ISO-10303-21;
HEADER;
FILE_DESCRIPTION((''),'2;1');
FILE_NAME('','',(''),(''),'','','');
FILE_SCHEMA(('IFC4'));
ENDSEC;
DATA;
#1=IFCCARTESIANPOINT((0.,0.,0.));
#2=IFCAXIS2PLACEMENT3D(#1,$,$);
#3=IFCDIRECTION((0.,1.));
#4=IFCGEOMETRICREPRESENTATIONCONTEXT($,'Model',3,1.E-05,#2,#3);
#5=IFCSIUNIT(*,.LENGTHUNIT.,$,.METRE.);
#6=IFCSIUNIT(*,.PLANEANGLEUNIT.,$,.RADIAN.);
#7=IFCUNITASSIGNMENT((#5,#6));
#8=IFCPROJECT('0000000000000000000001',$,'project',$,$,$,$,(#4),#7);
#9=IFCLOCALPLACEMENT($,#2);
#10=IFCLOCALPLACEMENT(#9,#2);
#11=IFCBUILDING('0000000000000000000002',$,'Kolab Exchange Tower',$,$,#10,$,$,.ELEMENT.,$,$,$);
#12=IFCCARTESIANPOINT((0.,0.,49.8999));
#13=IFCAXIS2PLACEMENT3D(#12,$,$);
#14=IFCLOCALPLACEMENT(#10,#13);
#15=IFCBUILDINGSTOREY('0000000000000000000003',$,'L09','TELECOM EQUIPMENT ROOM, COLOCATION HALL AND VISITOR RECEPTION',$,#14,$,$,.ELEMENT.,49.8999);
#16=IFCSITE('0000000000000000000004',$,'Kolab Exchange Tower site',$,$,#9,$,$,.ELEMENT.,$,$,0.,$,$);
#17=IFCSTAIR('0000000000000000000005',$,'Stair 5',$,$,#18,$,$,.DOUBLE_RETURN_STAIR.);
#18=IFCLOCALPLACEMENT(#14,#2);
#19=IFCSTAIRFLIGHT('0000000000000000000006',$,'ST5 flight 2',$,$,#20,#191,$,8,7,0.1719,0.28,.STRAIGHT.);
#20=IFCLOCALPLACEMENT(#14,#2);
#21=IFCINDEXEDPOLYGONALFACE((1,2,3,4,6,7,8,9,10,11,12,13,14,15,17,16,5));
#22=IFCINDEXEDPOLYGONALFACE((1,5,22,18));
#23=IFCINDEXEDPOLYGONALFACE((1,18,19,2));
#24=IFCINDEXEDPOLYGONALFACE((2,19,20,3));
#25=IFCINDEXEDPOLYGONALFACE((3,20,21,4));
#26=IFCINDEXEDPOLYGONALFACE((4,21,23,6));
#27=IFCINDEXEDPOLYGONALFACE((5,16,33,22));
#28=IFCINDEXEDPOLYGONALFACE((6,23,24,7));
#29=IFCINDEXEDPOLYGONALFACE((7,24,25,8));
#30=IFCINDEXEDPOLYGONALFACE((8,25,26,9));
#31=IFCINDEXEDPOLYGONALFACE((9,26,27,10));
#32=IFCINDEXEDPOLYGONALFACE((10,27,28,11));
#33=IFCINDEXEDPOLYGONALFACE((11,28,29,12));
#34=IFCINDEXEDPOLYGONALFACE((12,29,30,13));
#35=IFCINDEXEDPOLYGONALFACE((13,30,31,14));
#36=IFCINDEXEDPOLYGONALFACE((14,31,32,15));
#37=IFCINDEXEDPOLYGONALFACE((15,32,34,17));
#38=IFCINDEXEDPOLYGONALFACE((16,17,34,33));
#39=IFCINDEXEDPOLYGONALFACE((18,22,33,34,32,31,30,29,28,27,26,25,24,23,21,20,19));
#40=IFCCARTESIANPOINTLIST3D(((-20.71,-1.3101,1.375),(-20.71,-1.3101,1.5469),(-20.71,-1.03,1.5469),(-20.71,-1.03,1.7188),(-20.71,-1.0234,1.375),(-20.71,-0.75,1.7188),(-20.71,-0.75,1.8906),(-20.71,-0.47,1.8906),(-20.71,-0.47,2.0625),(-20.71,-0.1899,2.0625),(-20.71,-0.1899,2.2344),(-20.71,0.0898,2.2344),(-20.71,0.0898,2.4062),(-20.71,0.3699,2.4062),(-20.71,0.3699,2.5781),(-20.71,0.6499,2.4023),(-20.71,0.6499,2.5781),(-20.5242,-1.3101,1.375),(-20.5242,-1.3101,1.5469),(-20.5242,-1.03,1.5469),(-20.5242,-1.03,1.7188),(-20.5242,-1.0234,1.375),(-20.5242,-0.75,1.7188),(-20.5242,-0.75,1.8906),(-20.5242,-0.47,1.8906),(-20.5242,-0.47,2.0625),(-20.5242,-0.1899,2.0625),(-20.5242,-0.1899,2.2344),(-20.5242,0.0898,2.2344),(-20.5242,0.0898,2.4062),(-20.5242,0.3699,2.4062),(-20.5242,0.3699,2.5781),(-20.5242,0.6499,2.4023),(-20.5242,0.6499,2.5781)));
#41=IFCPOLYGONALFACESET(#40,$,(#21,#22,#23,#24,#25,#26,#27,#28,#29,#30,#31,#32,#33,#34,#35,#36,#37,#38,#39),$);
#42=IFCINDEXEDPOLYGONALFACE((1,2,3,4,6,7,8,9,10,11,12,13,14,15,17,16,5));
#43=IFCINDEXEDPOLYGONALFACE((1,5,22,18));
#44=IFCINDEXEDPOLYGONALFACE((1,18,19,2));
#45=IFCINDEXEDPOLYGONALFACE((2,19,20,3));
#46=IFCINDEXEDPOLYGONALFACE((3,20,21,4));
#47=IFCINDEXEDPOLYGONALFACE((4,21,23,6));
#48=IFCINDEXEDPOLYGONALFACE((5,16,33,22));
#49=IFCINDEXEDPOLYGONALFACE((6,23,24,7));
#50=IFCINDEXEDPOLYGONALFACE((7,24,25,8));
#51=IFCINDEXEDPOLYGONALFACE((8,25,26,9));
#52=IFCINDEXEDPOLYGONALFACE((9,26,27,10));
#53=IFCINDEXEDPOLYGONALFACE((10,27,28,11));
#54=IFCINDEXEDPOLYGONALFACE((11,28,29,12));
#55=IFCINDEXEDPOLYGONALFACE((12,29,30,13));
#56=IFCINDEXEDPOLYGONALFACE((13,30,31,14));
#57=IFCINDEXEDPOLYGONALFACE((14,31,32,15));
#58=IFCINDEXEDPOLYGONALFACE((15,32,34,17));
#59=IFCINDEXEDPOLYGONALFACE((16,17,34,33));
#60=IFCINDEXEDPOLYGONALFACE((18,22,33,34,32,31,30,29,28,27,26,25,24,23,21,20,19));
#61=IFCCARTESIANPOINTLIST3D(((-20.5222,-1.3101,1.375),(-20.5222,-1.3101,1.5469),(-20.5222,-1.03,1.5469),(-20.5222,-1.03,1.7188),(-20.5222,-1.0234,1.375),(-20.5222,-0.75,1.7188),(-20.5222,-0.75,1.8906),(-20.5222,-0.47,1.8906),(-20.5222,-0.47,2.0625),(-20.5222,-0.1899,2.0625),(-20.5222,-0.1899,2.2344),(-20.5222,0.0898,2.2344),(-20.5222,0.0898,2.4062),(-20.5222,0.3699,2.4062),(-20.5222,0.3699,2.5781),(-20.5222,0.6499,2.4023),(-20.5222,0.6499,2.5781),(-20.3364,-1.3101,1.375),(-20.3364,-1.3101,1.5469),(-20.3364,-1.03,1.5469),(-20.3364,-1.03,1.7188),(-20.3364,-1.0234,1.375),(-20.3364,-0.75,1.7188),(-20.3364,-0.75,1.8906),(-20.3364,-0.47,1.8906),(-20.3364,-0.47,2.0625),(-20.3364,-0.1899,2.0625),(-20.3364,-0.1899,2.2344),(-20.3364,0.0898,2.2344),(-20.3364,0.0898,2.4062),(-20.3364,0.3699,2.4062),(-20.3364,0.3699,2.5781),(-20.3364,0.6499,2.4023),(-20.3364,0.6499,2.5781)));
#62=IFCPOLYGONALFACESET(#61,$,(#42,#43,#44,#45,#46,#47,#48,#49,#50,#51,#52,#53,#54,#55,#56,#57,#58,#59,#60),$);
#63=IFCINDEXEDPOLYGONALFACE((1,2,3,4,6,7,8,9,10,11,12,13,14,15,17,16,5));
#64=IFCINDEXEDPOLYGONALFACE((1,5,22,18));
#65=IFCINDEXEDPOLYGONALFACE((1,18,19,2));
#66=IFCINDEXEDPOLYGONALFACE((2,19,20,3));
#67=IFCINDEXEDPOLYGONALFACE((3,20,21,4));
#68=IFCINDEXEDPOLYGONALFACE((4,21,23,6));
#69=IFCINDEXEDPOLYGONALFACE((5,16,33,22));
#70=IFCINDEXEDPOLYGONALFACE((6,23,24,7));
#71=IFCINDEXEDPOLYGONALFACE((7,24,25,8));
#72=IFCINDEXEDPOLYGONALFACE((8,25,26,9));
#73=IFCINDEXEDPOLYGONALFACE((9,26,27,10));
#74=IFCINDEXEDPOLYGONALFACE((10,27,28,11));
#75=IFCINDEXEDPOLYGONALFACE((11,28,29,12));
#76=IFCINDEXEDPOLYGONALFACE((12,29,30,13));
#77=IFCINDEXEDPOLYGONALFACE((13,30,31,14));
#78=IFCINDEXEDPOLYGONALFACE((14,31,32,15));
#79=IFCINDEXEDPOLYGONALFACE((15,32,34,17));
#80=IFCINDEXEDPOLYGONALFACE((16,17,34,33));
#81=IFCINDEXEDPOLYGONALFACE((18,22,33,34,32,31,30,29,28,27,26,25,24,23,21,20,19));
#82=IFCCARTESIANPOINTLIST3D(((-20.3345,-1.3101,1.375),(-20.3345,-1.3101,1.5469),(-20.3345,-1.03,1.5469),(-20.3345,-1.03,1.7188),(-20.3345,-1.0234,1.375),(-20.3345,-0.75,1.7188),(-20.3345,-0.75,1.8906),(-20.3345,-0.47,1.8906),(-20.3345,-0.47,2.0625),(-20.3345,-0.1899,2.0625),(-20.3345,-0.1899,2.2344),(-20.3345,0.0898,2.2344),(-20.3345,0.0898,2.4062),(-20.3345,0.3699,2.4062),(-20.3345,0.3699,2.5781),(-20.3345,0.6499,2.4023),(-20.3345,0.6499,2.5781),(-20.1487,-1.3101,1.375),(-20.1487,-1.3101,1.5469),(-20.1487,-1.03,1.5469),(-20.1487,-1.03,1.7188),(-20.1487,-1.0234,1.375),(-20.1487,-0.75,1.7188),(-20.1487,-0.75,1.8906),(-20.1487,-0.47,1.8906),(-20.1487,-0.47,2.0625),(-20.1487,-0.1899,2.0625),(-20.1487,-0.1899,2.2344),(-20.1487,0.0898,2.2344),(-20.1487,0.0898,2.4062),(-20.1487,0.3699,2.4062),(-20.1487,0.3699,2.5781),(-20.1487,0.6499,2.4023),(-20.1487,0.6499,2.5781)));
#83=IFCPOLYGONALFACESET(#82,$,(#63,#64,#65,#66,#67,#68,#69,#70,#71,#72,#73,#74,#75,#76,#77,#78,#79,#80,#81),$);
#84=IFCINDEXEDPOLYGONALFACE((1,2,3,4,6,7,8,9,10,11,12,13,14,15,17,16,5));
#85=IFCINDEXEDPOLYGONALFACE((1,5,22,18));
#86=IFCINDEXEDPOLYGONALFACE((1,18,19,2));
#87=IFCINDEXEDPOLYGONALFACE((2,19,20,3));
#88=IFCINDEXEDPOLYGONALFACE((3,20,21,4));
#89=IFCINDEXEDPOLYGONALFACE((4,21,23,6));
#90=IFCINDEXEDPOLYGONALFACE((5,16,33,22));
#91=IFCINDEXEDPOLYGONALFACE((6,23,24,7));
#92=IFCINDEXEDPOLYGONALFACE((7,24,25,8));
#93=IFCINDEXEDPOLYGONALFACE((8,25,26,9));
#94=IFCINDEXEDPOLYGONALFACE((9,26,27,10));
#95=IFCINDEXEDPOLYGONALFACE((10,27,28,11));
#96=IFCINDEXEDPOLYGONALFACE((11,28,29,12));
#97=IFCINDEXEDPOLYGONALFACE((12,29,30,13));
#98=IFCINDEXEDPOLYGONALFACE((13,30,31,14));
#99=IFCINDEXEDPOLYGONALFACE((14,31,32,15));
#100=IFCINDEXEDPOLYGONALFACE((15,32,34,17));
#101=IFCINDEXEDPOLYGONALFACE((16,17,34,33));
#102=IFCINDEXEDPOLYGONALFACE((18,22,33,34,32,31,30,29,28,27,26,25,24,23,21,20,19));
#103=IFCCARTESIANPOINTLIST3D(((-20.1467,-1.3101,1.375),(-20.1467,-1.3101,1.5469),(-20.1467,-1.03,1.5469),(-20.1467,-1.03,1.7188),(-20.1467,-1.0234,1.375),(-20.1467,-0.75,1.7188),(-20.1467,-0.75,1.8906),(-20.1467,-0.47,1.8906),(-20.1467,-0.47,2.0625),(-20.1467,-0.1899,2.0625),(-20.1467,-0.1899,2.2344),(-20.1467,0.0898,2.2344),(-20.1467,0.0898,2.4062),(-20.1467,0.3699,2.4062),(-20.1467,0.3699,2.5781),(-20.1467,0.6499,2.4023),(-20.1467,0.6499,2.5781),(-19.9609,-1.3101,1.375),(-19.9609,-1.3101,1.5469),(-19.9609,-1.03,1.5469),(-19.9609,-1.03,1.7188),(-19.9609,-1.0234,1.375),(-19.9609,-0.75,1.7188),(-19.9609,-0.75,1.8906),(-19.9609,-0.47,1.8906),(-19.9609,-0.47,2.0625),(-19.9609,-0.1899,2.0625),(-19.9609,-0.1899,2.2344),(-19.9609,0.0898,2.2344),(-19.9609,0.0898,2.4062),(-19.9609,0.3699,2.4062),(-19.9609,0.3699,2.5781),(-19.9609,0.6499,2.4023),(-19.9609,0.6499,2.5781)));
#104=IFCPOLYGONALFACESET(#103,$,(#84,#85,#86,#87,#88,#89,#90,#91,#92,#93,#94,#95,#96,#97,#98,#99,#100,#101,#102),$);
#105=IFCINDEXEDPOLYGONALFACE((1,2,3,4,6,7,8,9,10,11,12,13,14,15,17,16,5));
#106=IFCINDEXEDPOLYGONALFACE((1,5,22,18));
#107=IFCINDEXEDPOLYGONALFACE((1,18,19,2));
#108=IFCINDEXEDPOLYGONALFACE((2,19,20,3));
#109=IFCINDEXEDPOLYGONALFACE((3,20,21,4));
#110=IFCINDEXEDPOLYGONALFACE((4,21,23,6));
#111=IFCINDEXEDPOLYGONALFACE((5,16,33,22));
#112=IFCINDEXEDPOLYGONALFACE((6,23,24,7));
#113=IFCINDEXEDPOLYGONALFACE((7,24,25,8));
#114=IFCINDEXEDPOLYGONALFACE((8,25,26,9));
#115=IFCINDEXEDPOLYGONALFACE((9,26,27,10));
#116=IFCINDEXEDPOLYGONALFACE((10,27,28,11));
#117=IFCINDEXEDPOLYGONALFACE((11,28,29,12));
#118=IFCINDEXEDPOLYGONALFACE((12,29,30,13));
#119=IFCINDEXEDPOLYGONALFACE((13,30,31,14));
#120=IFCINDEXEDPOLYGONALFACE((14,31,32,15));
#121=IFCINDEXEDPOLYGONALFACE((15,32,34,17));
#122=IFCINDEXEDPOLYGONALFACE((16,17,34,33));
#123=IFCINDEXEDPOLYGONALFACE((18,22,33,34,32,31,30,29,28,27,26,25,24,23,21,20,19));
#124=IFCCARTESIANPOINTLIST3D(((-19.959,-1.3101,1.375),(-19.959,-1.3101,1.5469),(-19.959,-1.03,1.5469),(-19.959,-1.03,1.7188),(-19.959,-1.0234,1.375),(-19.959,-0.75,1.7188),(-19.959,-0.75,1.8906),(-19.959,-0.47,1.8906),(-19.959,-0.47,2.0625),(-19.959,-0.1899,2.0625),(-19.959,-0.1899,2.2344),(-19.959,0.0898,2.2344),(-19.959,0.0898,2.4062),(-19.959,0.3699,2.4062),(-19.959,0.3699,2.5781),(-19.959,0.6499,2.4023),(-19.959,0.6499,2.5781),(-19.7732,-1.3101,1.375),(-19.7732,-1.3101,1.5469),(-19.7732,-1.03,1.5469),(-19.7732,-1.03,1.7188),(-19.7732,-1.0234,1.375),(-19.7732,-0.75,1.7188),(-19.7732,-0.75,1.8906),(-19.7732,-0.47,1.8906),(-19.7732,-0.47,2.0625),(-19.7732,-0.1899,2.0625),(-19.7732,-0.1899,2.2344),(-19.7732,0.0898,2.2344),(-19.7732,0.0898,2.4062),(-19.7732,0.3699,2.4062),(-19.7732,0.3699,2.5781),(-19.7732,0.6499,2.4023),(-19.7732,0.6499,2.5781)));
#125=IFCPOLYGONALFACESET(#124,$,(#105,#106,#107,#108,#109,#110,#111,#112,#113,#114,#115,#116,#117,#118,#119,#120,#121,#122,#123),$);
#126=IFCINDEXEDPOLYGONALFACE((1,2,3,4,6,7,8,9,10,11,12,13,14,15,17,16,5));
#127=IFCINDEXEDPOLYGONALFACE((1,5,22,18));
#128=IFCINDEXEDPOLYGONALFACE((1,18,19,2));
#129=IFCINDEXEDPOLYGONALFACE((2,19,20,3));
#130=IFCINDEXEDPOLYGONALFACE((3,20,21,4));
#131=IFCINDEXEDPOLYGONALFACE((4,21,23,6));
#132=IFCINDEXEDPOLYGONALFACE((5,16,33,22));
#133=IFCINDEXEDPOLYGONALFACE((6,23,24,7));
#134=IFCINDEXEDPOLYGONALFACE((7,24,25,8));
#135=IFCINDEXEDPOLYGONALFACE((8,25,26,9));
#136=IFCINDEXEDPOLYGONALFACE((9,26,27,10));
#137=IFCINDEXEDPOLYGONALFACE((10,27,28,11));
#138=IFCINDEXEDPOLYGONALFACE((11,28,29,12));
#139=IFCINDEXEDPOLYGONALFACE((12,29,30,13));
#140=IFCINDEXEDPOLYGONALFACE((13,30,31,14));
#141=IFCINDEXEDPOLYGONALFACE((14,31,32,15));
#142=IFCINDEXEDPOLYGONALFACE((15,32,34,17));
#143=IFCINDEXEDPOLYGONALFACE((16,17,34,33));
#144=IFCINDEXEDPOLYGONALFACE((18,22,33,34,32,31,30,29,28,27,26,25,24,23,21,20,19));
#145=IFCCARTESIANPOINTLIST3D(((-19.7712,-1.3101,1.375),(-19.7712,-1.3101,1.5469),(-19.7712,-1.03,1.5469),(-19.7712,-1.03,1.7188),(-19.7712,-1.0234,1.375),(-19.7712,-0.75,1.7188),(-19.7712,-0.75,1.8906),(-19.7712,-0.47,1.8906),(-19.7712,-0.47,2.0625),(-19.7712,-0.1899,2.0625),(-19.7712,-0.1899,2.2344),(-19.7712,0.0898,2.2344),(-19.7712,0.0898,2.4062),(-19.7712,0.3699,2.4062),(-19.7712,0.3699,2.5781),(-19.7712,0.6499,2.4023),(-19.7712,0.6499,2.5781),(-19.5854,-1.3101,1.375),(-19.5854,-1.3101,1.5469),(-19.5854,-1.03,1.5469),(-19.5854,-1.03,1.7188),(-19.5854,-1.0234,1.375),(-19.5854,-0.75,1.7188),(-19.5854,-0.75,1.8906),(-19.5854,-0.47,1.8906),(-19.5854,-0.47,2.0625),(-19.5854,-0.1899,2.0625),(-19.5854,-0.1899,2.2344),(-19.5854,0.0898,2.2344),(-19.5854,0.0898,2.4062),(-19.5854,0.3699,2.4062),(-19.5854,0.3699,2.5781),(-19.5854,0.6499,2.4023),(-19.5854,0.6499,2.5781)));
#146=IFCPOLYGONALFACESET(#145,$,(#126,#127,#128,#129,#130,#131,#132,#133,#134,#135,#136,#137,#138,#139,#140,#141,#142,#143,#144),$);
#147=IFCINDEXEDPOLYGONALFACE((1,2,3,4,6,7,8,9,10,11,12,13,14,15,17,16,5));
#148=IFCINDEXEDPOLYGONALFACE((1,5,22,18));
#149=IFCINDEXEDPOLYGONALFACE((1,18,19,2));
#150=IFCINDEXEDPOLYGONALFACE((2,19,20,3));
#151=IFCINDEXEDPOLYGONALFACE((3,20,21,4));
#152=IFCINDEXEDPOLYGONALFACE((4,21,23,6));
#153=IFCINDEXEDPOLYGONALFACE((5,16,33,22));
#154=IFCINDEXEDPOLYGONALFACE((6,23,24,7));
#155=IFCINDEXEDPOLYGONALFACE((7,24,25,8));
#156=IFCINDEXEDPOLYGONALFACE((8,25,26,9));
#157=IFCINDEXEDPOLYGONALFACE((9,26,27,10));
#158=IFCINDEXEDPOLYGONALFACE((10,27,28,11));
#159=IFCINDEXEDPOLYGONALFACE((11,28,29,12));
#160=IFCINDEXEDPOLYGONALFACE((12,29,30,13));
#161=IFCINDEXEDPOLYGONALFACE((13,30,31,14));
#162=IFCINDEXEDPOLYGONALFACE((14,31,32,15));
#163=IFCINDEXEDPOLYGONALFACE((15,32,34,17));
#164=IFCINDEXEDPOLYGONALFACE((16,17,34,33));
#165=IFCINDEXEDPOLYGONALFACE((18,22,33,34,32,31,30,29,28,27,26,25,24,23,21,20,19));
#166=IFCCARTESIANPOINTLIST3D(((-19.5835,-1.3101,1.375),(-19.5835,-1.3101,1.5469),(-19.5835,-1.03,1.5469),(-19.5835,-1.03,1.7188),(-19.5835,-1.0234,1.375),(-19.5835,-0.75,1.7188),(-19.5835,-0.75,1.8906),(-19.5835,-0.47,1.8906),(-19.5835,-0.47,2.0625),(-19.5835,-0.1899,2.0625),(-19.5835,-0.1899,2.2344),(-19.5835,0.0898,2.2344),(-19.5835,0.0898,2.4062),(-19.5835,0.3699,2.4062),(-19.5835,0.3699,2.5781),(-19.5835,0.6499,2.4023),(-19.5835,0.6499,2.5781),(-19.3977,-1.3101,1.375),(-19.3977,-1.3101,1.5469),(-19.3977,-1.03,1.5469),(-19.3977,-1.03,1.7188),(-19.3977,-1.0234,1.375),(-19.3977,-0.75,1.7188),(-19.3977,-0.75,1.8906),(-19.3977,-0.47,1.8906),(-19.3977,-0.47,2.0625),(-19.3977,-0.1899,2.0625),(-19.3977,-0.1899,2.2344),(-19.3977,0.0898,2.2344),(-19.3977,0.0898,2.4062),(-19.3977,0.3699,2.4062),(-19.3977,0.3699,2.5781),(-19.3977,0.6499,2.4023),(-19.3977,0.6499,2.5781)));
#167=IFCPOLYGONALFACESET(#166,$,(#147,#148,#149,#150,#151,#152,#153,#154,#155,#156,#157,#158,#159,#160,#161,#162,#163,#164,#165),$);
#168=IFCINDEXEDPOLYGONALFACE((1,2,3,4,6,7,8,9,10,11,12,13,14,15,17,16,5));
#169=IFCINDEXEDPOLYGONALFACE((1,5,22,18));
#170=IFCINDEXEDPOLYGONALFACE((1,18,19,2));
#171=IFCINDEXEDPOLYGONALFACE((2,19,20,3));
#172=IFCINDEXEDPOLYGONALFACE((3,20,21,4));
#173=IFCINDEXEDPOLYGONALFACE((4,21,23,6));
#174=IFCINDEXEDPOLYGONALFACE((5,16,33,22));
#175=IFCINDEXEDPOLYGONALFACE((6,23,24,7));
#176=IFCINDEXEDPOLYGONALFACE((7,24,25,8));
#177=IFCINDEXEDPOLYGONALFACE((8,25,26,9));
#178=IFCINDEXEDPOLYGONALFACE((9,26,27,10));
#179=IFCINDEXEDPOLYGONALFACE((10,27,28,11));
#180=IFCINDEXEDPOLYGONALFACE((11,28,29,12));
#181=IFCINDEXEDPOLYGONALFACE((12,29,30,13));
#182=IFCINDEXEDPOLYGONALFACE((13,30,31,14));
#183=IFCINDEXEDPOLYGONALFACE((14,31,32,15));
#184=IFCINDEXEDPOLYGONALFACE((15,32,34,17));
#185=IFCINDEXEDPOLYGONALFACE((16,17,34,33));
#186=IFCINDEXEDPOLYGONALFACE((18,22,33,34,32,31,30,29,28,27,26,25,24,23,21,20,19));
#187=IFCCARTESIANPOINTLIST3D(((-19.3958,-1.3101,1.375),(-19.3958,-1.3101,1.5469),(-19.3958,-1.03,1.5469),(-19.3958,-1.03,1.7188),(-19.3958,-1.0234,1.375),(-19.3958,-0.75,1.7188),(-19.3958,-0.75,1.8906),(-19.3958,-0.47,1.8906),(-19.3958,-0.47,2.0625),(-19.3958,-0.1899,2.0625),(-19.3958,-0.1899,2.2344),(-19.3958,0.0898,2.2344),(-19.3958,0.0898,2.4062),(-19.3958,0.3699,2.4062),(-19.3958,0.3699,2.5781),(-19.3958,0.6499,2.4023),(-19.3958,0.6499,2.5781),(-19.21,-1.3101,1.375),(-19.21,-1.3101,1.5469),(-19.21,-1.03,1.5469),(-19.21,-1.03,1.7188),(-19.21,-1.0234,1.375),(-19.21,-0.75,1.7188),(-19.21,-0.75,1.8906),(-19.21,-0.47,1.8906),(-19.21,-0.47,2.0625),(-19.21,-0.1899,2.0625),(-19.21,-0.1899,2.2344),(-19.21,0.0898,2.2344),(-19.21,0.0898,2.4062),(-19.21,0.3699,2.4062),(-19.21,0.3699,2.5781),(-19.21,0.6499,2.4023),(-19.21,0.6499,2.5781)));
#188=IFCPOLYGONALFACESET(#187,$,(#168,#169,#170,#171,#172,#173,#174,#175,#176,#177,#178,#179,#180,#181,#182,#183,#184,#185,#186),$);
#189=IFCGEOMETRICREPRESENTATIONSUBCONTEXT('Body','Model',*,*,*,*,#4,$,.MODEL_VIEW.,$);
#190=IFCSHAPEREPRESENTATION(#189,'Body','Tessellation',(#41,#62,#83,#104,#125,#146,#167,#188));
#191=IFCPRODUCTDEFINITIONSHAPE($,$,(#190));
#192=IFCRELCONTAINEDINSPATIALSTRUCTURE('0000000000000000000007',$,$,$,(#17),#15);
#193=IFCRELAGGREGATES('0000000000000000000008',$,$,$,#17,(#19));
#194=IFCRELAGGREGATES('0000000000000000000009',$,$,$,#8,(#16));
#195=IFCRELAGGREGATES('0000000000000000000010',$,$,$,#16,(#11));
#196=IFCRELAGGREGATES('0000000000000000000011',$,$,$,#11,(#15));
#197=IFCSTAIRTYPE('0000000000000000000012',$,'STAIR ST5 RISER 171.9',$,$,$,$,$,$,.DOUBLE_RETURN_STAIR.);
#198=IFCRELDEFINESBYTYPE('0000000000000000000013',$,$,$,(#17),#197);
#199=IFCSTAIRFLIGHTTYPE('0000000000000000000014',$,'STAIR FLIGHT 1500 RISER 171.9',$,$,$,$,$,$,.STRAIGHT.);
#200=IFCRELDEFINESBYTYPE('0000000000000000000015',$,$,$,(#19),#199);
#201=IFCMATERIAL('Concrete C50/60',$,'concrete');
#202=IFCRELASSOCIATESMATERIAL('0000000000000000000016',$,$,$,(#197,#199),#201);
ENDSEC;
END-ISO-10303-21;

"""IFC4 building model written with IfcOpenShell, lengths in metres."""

from ifc_helpers import new_model, si_unit, direction, frame, origin, place, context, subcontext, project, spatial, polyline, outline, extrude, material, type_object, element, aggregate, save


model = new_model("IFC4")

# Units and contexts
model_context = context("Model", 3, precision=1e-05, world=origin(), true_north=direction((0.0, 1.0)))
body_context = subcontext(model_context, "Body", "Model", "MODEL_VIEW")
ifc_project = project(units=[si_unit("LENGTHUNIT", "METRE"), si_unit("PLANEANGLEUNIT", "RADIAN")], contexts=[model_context])

# Site, building, storey
site_placement = place(None, origin())
site = spatial("IfcSite", under=ifc_project, at=site_placement, Name="Kolab Exchange Tower site", CompositionType="ELEMENT", RefElevation=0.0)
building_placement = place(site_placement, origin())
building = spatial("IfcBuilding", under=site, at=building_placement, Name="Kolab Exchange Tower", CompositionType="ELEMENT")
storey_placement = place(building_placement, frame((0.0, 0.0, 49.8999)))
storey = spatial("IfcBuildingStorey", under=building, at=storey_placement, Name="L09", Description="TELECOM EQUIPMENT ROOM, COLOCATION HALL AND VISITOR RECEPTION", CompositionType="ELEMENT", Elevation=49.8999)

# Shared definitions
ifc_material_1 = material(Name="Concrete C50/60", Category="concrete")

# Stair, stair flight
stair_type = type_object("IfcStairType", Name="STAIR ST5 RISER 171.9", PredefinedType="DOUBLE_RETURN_STAIR", material=ifc_material_1)
stair_placement = place(storey_placement, origin())
stair = element("IfcStair", 1, at=stair_placement, inside=storey, type_object=stair_type, Name="Stair 5", PredefinedType="DOUBLE_RETURN_STAIR")
stair_flight_type = type_object("IfcStairFlightType", Name="STAIR FLIGHT 1500 RISER 171.9", PredefinedType="STRAIGHT", material=ifc_material_1)
stair_flight_1_placement = place(storey_placement, frame((-19.96, -1.3101, 1.375), z_axis=(0.0, 0.0, 1.0), x_axis=(0.0, 1.0, 0.0)))
stair_flight_1 = element("IfcStairFlight", 2, at=stair_flight_1_placement, type_object=stair_flight_type, Name="ST5 flight 2", NumberOfRisers=8, NumberOfTreads=7, PredefinedType="STRAIGHT", RiserHeight=0.1719, TreadLength=0.28, context=body_context, shape_type="SweptSolid", body=[
    extrude(outline(polyline([(0.0, 0.0), (0.0, 0.1719), (0.28, 0.1719), (0.28, 0.3438), (0.5601, 0.3438), (0.5601, 0.5156), (0.8401, 0.5156), (0.8401, 0.6875), (1.1201, 0.6875), (1.1201, 0.8594), (1.3999, 0.8594), (1.3999, 1.0312), (1.6799, 1.0312), (1.6799, 1.2031), (1.96, 1.2031), (1.96, 1.375), (1.96, 1.0273), (0.2866, 0.0), (0.0, 0.0)])), frame((0.0, 0.75, 0.0), z_axis=(0.0, -1.0, 0.0), x_axis=(1.0, 0.0, 0.0)), (0.0, 0.0, 1.0), 0.1858),
    extrude(outline(polyline([(0.0, 0.0), (0.0, 0.1719), (0.28, 0.1719), (0.28, 0.3438), (0.5601, 0.3438), (0.5601, 0.5156), (0.8401, 0.5156), (0.8401, 0.6875), (1.1201, 0.6875), (1.1201, 0.8594), (1.3999, 0.8594), (1.3999, 1.0312), (1.6799, 1.0312), (1.6799, 1.2031), (1.96, 1.2031), (1.96, 1.375), (1.96, 1.0273), (0.2866, 0.0), (0.0, 0.0)])), frame((0.0, 0.5623, 0.0), z_axis=(0.0, -1.0, 0.0), x_axis=(1.0, 0.0, 0.0)), (0.0, 0.0, 1.0), 0.1858),
    extrude(outline(polyline([(0.0, 0.0), (0.0, 0.1719), (0.28, 0.1719), (0.28, 0.3438), (0.5601, 0.3438), (0.5601, 0.5156), (0.8401, 0.5156), (0.8401, 0.6875), (1.1201, 0.6875), (1.1201, 0.8594), (1.3999, 0.8594), (1.3999, 1.0312), (1.6799, 1.0312), (1.6799, 1.2031), (1.96, 1.2031), (1.96, 1.375), (1.96, 1.0273), (0.2866, 0.0), (0.0, 0.0)])), frame((0.0, 0.3745, 0.0), z_axis=(0.0, -1.0, 0.0), x_axis=(1.0, 0.0, 0.0)), (0.0, 0.0, 1.0), 0.1858),
    extrude(outline(polyline([(0.0, 0.0), (0.0, 0.1719), (0.28, 0.1719), (0.28, 0.3438), (0.5601, 0.3438), (0.5601, 0.5156), (0.8401, 0.5156), (0.8401, 0.6875), (1.1201, 0.6875), (1.1201, 0.8594), (1.3999, 0.8594), (1.3999, 1.0312), (1.6799, 1.0312), (1.6799, 1.2031), (1.96, 1.2031), (1.96, 1.375), (1.96, 1.0273), (0.2866, 0.0), (0.0, 0.0)])), frame((0.0, 0.1868, 0.0), z_axis=(0.0, -1.0, 0.0), x_axis=(1.0, 0.0, 0.0)), (0.0, 0.0, 1.0), 0.1858),
    extrude(outline(polyline([(0.0, 0.0), (0.0, 0.1719), (0.28, 0.1719), (0.28, 0.3438), (0.5601, 0.3438), (0.5601, 0.5156), (0.8401, 0.5156), (0.8401, 0.6875), (1.1201, 0.6875), (1.1201, 0.8594), (1.3999, 0.8594), (1.3999, 1.0312), (1.6799, 1.0312), (1.6799, 1.2031), (1.96, 1.2031), (1.96, 1.375), (1.96, 1.0273), (0.2866, 0.0), (0.0, 0.0)])), frame((0.0, -0.001, 0.0), z_axis=(0.0, -1.0, 0.0), x_axis=(1.0, 0.0, 0.0)), (0.0, 0.0, 1.0), 0.1858),
    extrude(outline(polyline([(0.0, 0.0), (0.0, 0.1719), (0.28, 0.1719), (0.28, 0.3438), (0.5601, 0.3438), (0.5601, 0.5156), (0.8401, 0.5156), (0.8401, 0.6875), (1.1201, 0.6875), (1.1201, 0.8594), (1.3999, 0.8594), (1.3999, 1.0312), (1.6799, 1.0312), (1.6799, 1.2031), (1.96, 1.2031), (1.96, 1.375), (1.96, 1.0273), (0.2866, 0.0), (0.0, 0.0)])), frame((0.0, -0.1887, 0.0), z_axis=(0.0, -1.0, 0.0), x_axis=(1.0, 0.0, 0.0)), (0.0, 0.0, 1.0), 0.1858),
    extrude(outline(polyline([(0.0, 0.0), (0.0, 0.1719), (0.28, 0.1719), (0.28, 0.3438), (0.5601, 0.3438), (0.5601, 0.5156), (0.8401, 0.5156), (0.8401, 0.6875), (1.1201, 0.6875), (1.1201, 0.8594), (1.3999, 0.8594), (1.3999, 1.0312), (1.6799, 1.0312), (1.6799, 1.2031), (1.96, 1.2031), (1.96, 1.375), (1.96, 1.0273), (0.2866, 0.0), (0.0, 0.0)])), frame((0.0, -0.3765, 0.0), z_axis=(0.0, -1.0, 0.0), x_axis=(1.0, 0.0, 0.0)), (0.0, 0.0, 1.0), 0.1858),
    extrude(outline(polyline([(0.0, 0.0), (0.0, 0.1719), (0.28, 0.1719), (0.28, 0.3438), (0.5601, 0.3438), (0.5601, 0.5156), (0.8401, 0.5156), (0.8401, 0.6875), (1.1201, 0.6875), (1.1201, 0.8594), (1.3999, 0.8594), (1.3999, 1.0312), (1.6799, 1.0312), (1.6799, 1.2031), (1.96, 1.2031), (1.96, 1.375), (1.96, 1.0273), (0.2866, 0.0), (0.0, 0.0)])), frame((0.0, -0.5642, 0.0), z_axis=(0.0, -1.0, 0.0), x_axis=(1.0, 0.0, 0.0)), (0.0, 0.0, 1.0), 0.1858),
])
aggregate(stair, [stair_flight_1])

save(model, "model.ifc")
